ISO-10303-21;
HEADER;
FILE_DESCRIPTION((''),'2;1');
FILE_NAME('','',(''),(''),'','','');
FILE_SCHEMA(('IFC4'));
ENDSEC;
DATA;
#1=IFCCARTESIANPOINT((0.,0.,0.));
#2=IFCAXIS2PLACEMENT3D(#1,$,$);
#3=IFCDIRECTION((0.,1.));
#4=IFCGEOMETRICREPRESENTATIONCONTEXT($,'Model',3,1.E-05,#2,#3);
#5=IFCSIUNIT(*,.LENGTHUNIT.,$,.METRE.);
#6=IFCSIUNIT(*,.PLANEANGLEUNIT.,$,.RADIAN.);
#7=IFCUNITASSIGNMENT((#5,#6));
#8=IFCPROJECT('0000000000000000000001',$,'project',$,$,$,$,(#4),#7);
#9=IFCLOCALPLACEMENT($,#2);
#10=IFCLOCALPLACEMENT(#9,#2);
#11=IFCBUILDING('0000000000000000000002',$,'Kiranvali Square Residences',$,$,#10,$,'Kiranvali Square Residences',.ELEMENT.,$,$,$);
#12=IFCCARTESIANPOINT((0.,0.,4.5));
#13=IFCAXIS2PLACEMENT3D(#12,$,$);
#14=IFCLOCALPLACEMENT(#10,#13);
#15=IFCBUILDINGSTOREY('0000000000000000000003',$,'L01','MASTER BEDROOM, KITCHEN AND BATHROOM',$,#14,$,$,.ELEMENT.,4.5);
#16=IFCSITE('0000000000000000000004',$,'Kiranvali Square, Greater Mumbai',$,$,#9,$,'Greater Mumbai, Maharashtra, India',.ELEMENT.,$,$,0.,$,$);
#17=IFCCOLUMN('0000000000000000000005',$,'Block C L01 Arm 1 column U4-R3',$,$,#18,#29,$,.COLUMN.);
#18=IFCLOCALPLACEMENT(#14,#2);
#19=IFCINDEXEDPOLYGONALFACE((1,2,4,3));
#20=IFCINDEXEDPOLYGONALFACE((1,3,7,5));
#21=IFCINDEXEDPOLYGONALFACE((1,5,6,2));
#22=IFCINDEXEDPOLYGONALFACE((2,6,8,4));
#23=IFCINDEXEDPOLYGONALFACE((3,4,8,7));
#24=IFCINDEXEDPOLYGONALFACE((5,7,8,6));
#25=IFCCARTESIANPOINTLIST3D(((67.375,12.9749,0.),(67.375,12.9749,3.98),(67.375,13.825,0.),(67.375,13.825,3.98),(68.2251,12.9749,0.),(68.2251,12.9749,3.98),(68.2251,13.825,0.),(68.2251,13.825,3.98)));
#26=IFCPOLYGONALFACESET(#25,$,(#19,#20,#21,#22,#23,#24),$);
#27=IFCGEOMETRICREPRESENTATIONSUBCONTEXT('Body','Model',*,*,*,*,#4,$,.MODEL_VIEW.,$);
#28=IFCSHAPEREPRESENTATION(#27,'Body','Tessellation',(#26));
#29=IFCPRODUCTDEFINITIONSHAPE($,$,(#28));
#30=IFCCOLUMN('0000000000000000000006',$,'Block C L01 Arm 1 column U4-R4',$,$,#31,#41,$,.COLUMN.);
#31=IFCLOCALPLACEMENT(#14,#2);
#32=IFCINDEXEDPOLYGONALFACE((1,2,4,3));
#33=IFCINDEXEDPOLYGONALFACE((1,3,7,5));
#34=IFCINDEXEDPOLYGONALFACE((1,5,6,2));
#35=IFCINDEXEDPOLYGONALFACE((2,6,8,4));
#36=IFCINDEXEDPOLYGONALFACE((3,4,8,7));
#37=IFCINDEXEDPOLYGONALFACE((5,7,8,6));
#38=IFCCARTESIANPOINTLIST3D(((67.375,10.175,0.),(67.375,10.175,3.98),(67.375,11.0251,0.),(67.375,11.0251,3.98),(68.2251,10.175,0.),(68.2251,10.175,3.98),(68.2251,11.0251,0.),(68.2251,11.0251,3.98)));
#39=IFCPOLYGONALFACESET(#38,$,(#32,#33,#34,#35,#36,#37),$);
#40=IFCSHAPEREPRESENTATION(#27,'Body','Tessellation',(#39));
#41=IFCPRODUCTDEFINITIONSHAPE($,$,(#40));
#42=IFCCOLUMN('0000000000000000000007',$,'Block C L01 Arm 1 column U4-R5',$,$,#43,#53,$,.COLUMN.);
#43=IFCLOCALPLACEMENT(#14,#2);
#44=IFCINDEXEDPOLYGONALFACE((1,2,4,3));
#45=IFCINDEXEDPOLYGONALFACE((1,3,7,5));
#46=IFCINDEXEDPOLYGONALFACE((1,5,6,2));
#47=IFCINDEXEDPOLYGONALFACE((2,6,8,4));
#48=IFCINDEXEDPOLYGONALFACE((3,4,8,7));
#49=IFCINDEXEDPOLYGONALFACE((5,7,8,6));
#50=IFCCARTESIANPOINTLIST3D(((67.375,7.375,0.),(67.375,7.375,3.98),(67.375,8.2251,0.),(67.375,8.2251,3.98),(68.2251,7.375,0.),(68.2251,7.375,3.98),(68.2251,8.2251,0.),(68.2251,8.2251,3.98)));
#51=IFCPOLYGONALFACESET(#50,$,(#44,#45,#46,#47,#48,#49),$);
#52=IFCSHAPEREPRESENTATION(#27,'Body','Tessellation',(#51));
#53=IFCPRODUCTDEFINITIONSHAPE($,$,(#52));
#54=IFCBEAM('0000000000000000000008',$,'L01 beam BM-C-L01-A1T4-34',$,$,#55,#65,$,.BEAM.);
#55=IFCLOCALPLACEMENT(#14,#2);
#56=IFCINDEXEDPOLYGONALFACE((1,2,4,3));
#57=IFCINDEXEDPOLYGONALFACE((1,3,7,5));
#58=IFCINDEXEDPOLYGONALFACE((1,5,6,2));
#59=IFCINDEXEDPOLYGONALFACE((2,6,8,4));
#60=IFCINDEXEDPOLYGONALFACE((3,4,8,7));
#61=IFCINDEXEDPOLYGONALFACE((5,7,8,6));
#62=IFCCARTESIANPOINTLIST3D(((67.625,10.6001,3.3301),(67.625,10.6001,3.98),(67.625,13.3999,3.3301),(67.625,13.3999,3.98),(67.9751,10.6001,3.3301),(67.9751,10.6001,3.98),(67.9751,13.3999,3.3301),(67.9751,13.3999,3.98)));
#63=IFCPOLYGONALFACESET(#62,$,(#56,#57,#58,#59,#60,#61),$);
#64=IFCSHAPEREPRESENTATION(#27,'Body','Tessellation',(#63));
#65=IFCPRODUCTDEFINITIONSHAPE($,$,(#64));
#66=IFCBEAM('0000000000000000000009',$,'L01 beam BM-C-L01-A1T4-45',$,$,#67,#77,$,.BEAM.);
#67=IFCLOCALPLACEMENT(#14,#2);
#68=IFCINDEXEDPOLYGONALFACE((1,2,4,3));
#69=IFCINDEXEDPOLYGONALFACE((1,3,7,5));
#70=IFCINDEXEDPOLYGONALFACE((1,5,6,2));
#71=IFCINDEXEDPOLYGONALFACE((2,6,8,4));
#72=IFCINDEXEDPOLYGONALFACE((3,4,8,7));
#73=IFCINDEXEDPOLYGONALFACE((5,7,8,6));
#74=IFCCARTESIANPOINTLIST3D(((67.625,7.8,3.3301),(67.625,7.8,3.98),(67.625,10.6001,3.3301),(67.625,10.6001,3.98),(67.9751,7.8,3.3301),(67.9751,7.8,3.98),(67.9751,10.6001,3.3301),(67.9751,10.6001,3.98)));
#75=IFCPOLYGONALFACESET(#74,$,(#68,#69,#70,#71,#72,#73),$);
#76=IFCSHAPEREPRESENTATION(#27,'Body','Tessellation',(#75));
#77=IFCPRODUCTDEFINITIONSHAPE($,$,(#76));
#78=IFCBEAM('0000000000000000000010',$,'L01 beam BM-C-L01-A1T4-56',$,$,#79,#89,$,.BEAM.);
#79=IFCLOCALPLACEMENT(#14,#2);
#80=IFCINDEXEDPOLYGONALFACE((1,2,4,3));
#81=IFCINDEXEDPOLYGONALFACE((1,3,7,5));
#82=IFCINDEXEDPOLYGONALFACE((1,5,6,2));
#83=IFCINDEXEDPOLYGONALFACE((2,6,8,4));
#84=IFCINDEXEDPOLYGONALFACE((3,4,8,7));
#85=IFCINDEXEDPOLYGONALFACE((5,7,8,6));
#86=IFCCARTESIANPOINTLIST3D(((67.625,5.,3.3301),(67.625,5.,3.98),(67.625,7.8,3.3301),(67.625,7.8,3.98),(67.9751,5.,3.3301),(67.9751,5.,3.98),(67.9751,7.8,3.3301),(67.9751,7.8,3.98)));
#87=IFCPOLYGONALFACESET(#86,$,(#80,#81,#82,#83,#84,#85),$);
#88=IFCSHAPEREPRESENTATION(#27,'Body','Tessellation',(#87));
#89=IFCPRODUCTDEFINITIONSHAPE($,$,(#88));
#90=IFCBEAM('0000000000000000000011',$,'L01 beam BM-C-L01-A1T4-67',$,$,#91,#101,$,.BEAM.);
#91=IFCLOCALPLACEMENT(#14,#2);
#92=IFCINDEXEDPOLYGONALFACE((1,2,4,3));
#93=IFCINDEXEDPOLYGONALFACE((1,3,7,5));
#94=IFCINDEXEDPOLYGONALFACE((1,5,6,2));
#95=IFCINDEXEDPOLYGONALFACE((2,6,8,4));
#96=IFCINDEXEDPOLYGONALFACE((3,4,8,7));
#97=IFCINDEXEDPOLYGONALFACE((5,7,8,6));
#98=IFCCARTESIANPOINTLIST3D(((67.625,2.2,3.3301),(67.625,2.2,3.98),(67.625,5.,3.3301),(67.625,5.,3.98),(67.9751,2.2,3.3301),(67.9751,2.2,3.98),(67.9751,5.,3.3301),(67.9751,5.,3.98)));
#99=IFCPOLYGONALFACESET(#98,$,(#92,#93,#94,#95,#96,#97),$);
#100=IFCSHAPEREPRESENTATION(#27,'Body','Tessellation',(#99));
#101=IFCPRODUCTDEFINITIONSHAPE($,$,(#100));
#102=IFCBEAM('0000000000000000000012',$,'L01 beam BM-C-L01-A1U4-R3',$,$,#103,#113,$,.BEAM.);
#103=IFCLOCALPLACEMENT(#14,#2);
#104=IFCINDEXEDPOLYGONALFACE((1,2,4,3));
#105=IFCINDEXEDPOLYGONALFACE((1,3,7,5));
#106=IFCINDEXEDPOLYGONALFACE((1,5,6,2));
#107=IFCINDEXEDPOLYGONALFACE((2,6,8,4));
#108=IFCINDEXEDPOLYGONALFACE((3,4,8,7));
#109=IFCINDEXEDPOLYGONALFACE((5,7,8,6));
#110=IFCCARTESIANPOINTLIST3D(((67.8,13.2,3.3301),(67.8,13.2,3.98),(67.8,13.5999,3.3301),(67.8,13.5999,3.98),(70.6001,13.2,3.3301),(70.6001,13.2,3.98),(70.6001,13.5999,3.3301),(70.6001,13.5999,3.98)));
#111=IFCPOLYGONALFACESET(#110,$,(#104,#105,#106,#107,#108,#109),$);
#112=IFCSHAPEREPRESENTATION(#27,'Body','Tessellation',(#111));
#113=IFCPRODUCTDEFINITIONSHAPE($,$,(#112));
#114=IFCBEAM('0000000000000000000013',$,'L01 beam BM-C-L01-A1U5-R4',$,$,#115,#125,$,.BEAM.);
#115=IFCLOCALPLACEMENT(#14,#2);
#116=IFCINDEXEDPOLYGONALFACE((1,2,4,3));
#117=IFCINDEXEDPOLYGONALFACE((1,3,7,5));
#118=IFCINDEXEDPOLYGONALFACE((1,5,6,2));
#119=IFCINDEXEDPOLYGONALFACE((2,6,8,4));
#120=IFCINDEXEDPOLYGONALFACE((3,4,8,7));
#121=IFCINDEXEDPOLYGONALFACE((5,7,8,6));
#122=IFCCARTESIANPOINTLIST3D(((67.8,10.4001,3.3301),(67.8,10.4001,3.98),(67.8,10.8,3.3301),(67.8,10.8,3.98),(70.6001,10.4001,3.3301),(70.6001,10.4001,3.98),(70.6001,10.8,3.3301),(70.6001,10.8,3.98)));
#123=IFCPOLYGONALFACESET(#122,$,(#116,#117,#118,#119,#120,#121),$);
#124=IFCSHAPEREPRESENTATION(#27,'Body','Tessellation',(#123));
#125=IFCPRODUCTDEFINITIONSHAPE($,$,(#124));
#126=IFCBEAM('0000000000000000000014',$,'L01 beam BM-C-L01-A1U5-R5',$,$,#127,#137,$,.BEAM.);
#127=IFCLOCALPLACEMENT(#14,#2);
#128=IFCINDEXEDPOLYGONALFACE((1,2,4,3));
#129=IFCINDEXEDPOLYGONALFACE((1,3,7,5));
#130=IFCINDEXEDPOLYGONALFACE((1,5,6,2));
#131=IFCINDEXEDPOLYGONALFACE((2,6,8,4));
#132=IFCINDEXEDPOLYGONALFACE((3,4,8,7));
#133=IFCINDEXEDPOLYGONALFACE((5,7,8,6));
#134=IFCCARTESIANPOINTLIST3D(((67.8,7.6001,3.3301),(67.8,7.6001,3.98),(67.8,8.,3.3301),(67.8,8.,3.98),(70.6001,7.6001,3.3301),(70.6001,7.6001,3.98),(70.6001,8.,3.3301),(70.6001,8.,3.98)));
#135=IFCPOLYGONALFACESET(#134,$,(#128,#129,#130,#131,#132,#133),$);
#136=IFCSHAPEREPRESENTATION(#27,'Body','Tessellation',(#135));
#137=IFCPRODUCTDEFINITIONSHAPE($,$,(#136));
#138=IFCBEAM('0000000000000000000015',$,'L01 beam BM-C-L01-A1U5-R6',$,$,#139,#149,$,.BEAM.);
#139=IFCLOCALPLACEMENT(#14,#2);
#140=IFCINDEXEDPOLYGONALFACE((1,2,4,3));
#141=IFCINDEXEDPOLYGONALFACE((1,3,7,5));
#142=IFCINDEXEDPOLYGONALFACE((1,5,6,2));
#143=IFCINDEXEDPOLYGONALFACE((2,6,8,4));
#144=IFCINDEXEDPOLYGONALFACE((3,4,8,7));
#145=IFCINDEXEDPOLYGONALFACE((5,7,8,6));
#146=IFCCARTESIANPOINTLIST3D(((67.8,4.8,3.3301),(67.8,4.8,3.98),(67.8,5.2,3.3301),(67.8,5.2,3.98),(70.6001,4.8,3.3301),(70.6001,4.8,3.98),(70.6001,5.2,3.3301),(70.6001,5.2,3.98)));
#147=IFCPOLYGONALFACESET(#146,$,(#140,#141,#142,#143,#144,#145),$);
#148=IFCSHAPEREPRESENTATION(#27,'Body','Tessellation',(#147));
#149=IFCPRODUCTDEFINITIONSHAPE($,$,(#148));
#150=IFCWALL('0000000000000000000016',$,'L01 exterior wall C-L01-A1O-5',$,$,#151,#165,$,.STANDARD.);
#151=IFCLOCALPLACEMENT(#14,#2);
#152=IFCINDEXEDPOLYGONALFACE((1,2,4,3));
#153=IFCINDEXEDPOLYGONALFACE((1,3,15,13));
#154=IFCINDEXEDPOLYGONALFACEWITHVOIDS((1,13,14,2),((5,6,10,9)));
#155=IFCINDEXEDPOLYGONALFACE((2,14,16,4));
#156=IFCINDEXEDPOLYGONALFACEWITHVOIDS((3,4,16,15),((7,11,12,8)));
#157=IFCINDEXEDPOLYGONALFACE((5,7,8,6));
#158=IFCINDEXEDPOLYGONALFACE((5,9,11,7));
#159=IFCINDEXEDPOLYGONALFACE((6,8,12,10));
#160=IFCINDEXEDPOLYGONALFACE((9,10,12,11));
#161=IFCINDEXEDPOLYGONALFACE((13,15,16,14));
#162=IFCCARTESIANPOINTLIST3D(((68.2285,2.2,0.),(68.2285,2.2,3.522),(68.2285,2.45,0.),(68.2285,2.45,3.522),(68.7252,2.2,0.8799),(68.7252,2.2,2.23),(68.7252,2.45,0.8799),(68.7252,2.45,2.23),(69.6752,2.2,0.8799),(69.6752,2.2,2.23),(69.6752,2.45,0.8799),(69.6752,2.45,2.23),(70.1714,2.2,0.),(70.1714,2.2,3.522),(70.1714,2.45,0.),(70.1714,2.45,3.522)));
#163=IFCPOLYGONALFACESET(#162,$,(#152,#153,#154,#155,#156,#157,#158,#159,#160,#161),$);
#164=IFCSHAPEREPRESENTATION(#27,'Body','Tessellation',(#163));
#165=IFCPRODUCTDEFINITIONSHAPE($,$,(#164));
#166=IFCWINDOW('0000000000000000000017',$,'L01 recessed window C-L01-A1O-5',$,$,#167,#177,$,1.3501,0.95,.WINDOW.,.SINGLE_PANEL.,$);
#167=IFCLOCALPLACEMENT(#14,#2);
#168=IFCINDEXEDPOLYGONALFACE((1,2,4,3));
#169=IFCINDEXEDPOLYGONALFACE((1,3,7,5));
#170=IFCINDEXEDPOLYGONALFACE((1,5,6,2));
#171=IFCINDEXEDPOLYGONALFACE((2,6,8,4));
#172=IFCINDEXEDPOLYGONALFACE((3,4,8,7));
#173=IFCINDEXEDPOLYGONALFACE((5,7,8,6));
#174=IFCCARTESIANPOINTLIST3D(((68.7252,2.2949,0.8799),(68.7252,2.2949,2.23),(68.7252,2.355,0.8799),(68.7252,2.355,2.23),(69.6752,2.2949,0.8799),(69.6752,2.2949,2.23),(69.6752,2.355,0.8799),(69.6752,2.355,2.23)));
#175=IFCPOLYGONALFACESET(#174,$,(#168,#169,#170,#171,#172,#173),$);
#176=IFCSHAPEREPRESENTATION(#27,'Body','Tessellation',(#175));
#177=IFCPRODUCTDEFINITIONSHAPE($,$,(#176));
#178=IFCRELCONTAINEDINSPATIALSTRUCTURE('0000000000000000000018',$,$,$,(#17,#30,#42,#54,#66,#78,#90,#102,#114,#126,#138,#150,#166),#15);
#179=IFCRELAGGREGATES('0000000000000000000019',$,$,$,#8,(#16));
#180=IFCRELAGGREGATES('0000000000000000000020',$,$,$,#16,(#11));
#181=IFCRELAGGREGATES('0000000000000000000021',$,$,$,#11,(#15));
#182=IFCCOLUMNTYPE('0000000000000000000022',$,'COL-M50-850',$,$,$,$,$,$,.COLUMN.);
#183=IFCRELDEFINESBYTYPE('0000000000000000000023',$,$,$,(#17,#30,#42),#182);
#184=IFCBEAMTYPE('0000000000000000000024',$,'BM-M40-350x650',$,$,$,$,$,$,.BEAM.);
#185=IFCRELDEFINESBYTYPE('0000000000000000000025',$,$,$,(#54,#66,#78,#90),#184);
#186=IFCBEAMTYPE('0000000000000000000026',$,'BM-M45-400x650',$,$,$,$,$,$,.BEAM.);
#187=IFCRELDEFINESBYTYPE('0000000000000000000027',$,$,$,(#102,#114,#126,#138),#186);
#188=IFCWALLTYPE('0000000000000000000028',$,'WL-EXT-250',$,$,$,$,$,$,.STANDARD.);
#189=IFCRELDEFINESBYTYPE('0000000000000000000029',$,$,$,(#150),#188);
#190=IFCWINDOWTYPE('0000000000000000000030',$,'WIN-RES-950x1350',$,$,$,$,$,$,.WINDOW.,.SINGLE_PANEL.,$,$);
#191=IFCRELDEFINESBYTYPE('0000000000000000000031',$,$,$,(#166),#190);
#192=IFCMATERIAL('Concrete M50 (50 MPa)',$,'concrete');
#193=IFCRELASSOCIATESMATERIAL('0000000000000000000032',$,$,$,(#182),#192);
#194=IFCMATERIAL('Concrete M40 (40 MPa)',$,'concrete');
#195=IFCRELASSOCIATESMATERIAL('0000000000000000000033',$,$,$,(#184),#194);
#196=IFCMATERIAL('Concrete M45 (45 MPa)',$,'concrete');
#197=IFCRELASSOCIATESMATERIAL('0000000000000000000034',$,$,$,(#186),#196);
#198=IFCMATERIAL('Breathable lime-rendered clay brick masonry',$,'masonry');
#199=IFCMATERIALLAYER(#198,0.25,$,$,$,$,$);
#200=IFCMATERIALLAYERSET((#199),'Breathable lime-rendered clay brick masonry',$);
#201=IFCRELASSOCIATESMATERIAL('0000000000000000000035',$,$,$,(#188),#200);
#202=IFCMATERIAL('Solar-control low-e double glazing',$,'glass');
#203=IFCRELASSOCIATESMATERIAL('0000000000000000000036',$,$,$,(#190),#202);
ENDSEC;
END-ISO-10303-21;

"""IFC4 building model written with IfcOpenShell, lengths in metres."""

from ifc_helpers import new_model, si_unit, direction, frame, frame_2d, origin, origin_2d, place, context, subcontext, project, spatial, rectangle, extrude, material, layer, layer_set, material_profile, profile_set, type_object, element, fill, save


model = new_model("IFC4")

# Units and contexts
model_context = context("Model", 3, precision=1e-05, world=origin(), true_north=direction((0.0, 1.0)))
body_context = subcontext(model_context, "Body", "Model", "MODEL_VIEW")
ifc_project = project(units=[si_unit("LENGTHUNIT", "METRE"), si_unit("PLANEANGLEUNIT", "RADIAN")], contexts=[model_context])

# Site, building, storey
site_placement = place(None, origin())
site = spatial("IfcSite", under=ifc_project, at=site_placement, Name="Kiranvali Square, Greater Mumbai", LongName="Greater Mumbai, Maharashtra, India", CompositionType="ELEMENT", RefElevation=0.0)
building_placement = place(site_placement, origin())
building = spatial("IfcBuilding", under=site, at=building_placement, Name="Kiranvali Square Residences", LongName="Kiranvali Square Residences", CompositionType="ELEMENT")
storey_placement = place(building_placement, frame((0.0, 0.0, 4.5)))
storey = spatial("IfcBuildingStorey", under=building, at=storey_placement, Name="L01", Description="MASTER BEDROOM, KITCHEN AND BATHROOM", CompositionType="ELEMENT", Elevation=4.5)

# Columns
ifc_material_1 = material(Name="Concrete M50 (50 MPa)", Category="concrete")
ifc_material_profile_1 = material_profile(ifc_material_1, rectangle(XDim=0.8501, YDim=0.8501, at=origin_2d()), Name="RC 850x850")
ifc_profile_set_1 = profile_set([ifc_material_profile_1], Name="Concrete M50 (50 MPa)")
column_type = type_object("IfcColumnType", Name="COL-M50-850", PredefinedType="COLUMN", material=ifc_profile_set_1)
for number, where, z_axis, x_axis, name in (
    (1, (67.8, 13.3999, 0.0), (0.0, 0.0, 1.0), (1.0, 0.0, 0.0), "Block C L01 Arm 1 column U4-R3"),
    (2, (67.8, 10.6001, 0.0), (0.0, 0.0, 1.0), (1.0, 0.0, 0.0), "Block C L01 Arm 1 column U4-R4"),
    (3, (67.8, 7.8, 0.0), (0.0, 0.0, 1.0), (1.0, 0.0, 0.0), "Block C L01 Arm 1 column U4-R5"),
):
    element("IfcColumn", number, at=place(storey_placement, frame(where, z_axis=z_axis, x_axis=x_axis)), inside=storey, type_object=column_type, Name=name, PredefinedType="COLUMN", context=body_context, shape_type="SweptSolid", body=[
        extrude(rectangle(XDim=0.8501, YDim=0.8501, at=origin_2d()), origin(), (0.0, 0.0, 1.0), 3.98),
    ])

# Beams
ifc_material_2 = material(Name="Concrete M40 (40 MPa)", Category="concrete")
ifc_material_profile_2 = material_profile(ifc_material_2, rectangle(XDim=0.3501, YDim=0.6499, at=origin_2d()), Name="RC 350x650")
ifc_profile_set_2 = profile_set([ifc_material_profile_2], Name="Concrete M40 (40 MPa)")
beam_type_1 = type_object("IfcBeamType", Name="BM-M40-350x650", PredefinedType="BEAM", material=ifc_profile_set_2)
beam_placement = place(storey_placement, frame((67.8, 13.3999, 3.655), z_axis=(0.0, -1.0, 0.0), x_axis=(1.0, 0.0, 0.0)))
element("IfcBeam", 4, at=beam_placement, inside=storey, type_object=beam_type_1, Name="L01 beam BM-C-L01-A1T4-34", PredefinedType="BEAM", context=body_context, shape_type="SweptSolid", body=[
    extrude(rectangle(XDim=0.3501, YDim=0.6499, at=origin_2d()), origin(), (0.0, 0.0, 1.0), 2.7998),
])
for number, where, z_axis, x_axis, name in (
    (5, (67.8, 10.6001, 3.655), (0.0, -1.0, 0.0), (1.0, 0.0, 0.0), "L01 beam BM-C-L01-A1T4-45"),
    (6, (67.8, 7.8, 3.655), (0.0, -1.0, 0.0), (1.0, 0.0, 0.0), "L01 beam BM-C-L01-A1T4-56"),
    (7, (67.8, 5.0, 3.655), (0.0, -1.0, 0.0), (1.0, 0.0, 0.0), "L01 beam BM-C-L01-A1T4-67"),
):
    element("IfcBeam", number, at=place(storey_placement, frame(where, z_axis=z_axis, x_axis=x_axis)), inside=storey, type_object=beam_type_1, Name=name, PredefinedType="BEAM", context=body_context, shape_type="SweptSolid", body=[
        extrude(rectangle(XDim=0.3501, YDim=0.6499, at=origin_2d()), origin(), (0.0, 0.0, 1.0), 2.8),
    ])
ifc_material_3 = material(Name="Concrete M45 (45 MPa)", Category="concrete")
ifc_material_profile_3 = material_profile(ifc_material_3, rectangle(XDim=0.3999, YDim=0.6499, at=origin_2d()), Name="RC 400x650")
ifc_profile_set_3 = profile_set([ifc_material_profile_3], Name="Concrete M45 (45 MPa)")
beam_type_2 = type_object("IfcBeamType", Name="BM-M45-400x650", PredefinedType="BEAM", material=ifc_profile_set_3)
for number, where, z_axis, x_axis, name in (
    (8, (67.8, 13.3999, 3.655), (1.0, 0.0, 0.0), (0.0, 1.0, 0.0), "L01 beam BM-C-L01-A1U4-R3"),
    (9, (67.8, 10.6001, 3.655), (1.0, 0.0, 0.0), (0.0, 1.0, 0.0), "L01 beam BM-C-L01-A1U5-R4"),
    (10, (67.8, 7.8, 3.655), (1.0, 0.0, 0.0), (0.0, 1.0, 0.0), "L01 beam BM-C-L01-A1U5-R5"),
    (11, (67.8, 5.0, 3.655), (1.0, 0.0, 0.0), (0.0, 1.0, 0.0), "L01 beam BM-C-L01-A1U5-R6"),
):
    element("IfcBeam", number, at=place(storey_placement, frame(where, z_axis=z_axis, x_axis=x_axis)), inside=storey, type_object=beam_type_2, Name=name, PredefinedType="BEAM", context=body_context, shape_type="SweptSolid", body=[
        extrude(rectangle(XDim=0.3999, YDim=0.6499, at=origin_2d()), origin(), (0.0, 0.0, 1.0), 2.8),
    ])

# Wall, opening, window
ifc_material_4 = material(Name="Breathable lime-rendered clay brick masonry", Category="masonry")
ifc_layer_1 = layer(ifc_material_4, 0.25)
ifc_layer_set_1 = layer_set([ifc_layer_1], Name="Breathable lime-rendered clay brick masonry")
wall_type_1 = type_object("IfcWallType", Name="WL-EXT-250", PredefinedType="STANDARD", material=ifc_layer_set_1)
wall_1_placement = place(storey_placement, frame((68.2285, 2.325, 0.0), z_axis=(0.0, 0.0, 1.0), x_axis=(1.0, 0.0, 0.0)))
wall_1 = element("IfcWall", 12, at=wall_1_placement, inside=storey, type_object=wall_type_1, Name="L01 exterior wall C-L01-A1O-5", PredefinedType="STANDARD", context=body_context, shape_type="SweptSolid", body=[
    extrude(rectangle(XDim=1.9429, YDim=0.25, at=frame_2d((0.9714, 0.0))), origin(), (0.0, 0.0, 1.0), 3.522),
])
opening_1_placement = place(wall_1_placement, frame((0.4966, 0.0, 0.8799)))
opening_1 = element("IfcOpeningElement", 13, at=opening_1_placement, cuts=wall_1, PredefinedType="OPENING", context=body_context, shape_type="SweptSolid", body=[
    extrude(rectangle(XDim=0.95, YDim=1.3501, at=frame_2d((0.4751, 0.675))), frame((0.0, 0.135, 0.0), z_axis=(0.0, -1.0, 0.0), x_axis=(1.0, 0.0, 0.0)), (0.0, 0.0, 1.0), 0.27),
])
ifc_material_5 = material(Name="Solar-control low-e double glazing", Category="glass")
window_type_1 = type_object("IfcWindowType", Name="WIN-RES-950x1350", PartitioningType="SINGLE_PANEL", PredefinedType="WINDOW", material=ifc_material_5)
window_1_placement = place(opening_1_placement, origin())
window_1 = element("IfcWindow", 14, at=window_1_placement, inside=storey, type_object=window_type_1, Name="L01 recessed window C-L01-A1O-5", OverallHeight=1.3501, OverallWidth=0.95, PartitioningType="SINGLE_PANEL", PredefinedType="WINDOW", context=body_context, shape_type="SweptSolid", body=[
    extrude(rectangle(XDim=0.95, YDim=1.3501, at=frame_2d((0.4751, 0.675))), frame((0.0, 0.03, 0.0), z_axis=(0.0, -1.0, 0.0), x_axis=(1.0, 0.0, 0.0)), (0.0, 0.0, 1.0), 0.0601),
])
fill(opening_1, window_1)

save(model, "model.ifc")
